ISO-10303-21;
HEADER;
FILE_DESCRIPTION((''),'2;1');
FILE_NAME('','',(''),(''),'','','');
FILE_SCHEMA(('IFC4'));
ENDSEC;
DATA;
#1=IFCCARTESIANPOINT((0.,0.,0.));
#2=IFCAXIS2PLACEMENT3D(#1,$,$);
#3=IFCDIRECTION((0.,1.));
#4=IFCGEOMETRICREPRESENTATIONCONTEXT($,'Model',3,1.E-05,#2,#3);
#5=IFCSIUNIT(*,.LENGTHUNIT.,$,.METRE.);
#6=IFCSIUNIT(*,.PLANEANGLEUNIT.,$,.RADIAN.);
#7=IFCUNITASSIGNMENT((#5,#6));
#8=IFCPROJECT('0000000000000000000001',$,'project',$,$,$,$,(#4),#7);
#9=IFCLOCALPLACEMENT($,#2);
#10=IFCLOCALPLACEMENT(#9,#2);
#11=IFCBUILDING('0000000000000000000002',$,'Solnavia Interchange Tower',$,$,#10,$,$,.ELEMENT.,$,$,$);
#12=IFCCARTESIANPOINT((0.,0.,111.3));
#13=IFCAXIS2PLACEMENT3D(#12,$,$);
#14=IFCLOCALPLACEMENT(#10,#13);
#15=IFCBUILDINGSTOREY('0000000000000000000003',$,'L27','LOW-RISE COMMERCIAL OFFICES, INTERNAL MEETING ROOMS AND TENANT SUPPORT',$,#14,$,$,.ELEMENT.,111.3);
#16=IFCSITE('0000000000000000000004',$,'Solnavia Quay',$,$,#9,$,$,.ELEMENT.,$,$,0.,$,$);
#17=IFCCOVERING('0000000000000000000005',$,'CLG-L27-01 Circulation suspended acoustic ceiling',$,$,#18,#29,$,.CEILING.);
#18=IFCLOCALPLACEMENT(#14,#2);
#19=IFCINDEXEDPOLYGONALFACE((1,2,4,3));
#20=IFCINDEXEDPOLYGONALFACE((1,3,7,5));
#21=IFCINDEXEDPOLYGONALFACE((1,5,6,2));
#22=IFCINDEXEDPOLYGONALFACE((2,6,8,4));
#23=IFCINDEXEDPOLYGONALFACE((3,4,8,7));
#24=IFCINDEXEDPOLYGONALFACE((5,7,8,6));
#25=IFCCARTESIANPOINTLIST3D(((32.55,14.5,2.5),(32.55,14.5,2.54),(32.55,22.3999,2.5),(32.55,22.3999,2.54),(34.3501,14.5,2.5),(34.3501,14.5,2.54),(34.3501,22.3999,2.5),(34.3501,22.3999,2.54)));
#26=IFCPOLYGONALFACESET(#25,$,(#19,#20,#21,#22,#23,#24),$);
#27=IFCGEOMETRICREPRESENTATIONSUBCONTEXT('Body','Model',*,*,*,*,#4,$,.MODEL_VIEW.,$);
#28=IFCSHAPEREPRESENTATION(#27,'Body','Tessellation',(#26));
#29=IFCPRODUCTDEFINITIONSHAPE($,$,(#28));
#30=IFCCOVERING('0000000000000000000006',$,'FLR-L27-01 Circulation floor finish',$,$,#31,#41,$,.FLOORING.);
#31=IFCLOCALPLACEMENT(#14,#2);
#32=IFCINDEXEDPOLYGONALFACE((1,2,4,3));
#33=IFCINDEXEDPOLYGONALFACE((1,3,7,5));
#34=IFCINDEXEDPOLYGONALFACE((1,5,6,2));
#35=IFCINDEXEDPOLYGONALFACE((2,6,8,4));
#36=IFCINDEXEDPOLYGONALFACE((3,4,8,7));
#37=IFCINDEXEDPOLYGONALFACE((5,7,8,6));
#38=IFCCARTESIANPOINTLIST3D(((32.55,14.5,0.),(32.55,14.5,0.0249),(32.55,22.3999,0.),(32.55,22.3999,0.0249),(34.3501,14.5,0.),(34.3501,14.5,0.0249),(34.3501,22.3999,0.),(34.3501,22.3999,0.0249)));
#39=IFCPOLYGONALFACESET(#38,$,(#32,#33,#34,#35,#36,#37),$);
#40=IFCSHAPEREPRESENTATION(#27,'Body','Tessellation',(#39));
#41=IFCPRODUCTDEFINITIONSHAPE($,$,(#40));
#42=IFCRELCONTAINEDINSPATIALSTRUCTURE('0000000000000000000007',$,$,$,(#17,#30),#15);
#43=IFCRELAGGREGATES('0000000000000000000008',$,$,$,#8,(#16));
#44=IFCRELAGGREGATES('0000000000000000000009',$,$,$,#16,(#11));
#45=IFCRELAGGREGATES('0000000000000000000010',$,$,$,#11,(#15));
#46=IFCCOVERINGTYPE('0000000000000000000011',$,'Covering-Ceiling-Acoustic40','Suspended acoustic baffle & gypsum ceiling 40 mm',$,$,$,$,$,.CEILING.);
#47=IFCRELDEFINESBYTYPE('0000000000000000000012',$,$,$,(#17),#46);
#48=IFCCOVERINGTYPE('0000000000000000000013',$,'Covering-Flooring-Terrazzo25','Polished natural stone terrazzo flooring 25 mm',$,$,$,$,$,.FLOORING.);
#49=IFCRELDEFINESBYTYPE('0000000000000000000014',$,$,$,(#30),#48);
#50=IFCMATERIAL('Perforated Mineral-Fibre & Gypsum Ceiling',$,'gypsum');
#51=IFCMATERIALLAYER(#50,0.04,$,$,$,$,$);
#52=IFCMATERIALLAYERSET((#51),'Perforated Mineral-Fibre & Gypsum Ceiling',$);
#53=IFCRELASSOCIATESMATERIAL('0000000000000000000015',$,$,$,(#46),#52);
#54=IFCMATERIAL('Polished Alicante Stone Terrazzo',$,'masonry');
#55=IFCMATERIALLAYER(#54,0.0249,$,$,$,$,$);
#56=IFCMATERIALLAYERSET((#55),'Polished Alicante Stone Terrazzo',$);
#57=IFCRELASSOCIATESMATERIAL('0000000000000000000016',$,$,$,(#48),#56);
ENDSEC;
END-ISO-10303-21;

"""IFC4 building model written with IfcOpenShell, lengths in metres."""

from ifc_helpers import new_model, si_unit, direction, frame, origin, place, context, subcontext, project, spatial, polyline, outline, extrude, material, layer, layer_set, type_object, element, save


model = new_model("IFC4")

# Units and contexts
model_context = context("Model", 3, precision=1e-05, world=origin(), true_north=direction((0.0, 1.0)))
body_context = subcontext(model_context, "Body", "Model", "MODEL_VIEW")
ifc_project = project(units=[si_unit("LENGTHUNIT", "METRE"), si_unit("PLANEANGLEUNIT", "RADIAN")], contexts=[model_context])

# Site, building, storey
site_placement = place(None, origin())
site = spatial("IfcSite", under=ifc_project, at=site_placement, Name="Solnavia Quay", CompositionType="ELEMENT", RefElevation=0.0)
building_placement = place(site_placement, origin())
building = spatial("IfcBuilding", under=site, at=building_placement, Name="Solnavia Interchange Tower", CompositionType="ELEMENT")
storey_placement = place(building_placement, frame((0.0, 0.0, 111.3)))
storey = spatial("IfcBuildingStorey", under=building, at=storey_placement, Name="L27", Description="LOW-RISE COMMERCIAL OFFICES, INTERNAL MEETING ROOMS AND TENANT SUPPORT", CompositionType="ELEMENT", Elevation=111.3)

# Coverings
ifc_material_1 = material(Name="Perforated Mineral-Fibre & Gypsum Ceiling", Category="gypsum")
ifc_layer_1 = layer(ifc_material_1, 0.04)
ifc_layer_set_1 = layer_set([ifc_layer_1], Name="Perforated Mineral-Fibre & Gypsum Ceiling")
covering_type_1 = type_object("IfcCoveringType", Name="Covering-Ceiling-Acoustic40", Description="Suspended acoustic baffle & gypsum ceiling 40 mm", PredefinedType="CEILING", material=ifc_layer_set_1)
covering_1_placement = place(storey_placement, frame((0.0, 0.0, 2.5)))
element("IfcCovering", 1, at=covering_1_placement, inside=storey, type_object=covering_type_1, Name="CLG-L27-01 Circulation suspended acoustic ceiling", PredefinedType="CEILING", context=body_context, shape_type="SweptSolid", body=[
    extrude(outline(polyline([(32.55, 14.5), (34.3501, 14.5), (34.3501, 22.3999), (32.55, 22.3999), (32.55, 14.5)])), origin(), (0.0, 0.0, 1.0), 0.04),
])
ifc_material_2 = material(Name="Polished Alicante Stone Terrazzo", Category="masonry")
ifc_layer_2 = layer(ifc_material_2, 0.0249)
ifc_layer_set_2 = layer_set([ifc_layer_2], Name="Polished Alicante Stone Terrazzo")
covering_type_2 = type_object("IfcCoveringType", Name="Covering-Flooring-Terrazzo25", Description="Polished natural stone terrazzo flooring 25 mm", PredefinedType="FLOORING", material=ifc_layer_set_2)
covering_2_placement = place(storey_placement, origin())
element("IfcCovering", 2, at=covering_2_placement, inside=storey, type_object=covering_type_2, Name="FLR-L27-01 Circulation floor finish", PredefinedType="FLOORING", context=body_context, shape_type="SweptSolid", body=[
    extrude(outline(polyline([(32.55, 14.5), (34.3501, 14.5), (34.3501, 22.3999), (32.55, 22.3999), (32.55, 14.5)])), origin(), (0.0, 0.0, 1.0), 0.0249),
])

save(model, "model.ifc")
